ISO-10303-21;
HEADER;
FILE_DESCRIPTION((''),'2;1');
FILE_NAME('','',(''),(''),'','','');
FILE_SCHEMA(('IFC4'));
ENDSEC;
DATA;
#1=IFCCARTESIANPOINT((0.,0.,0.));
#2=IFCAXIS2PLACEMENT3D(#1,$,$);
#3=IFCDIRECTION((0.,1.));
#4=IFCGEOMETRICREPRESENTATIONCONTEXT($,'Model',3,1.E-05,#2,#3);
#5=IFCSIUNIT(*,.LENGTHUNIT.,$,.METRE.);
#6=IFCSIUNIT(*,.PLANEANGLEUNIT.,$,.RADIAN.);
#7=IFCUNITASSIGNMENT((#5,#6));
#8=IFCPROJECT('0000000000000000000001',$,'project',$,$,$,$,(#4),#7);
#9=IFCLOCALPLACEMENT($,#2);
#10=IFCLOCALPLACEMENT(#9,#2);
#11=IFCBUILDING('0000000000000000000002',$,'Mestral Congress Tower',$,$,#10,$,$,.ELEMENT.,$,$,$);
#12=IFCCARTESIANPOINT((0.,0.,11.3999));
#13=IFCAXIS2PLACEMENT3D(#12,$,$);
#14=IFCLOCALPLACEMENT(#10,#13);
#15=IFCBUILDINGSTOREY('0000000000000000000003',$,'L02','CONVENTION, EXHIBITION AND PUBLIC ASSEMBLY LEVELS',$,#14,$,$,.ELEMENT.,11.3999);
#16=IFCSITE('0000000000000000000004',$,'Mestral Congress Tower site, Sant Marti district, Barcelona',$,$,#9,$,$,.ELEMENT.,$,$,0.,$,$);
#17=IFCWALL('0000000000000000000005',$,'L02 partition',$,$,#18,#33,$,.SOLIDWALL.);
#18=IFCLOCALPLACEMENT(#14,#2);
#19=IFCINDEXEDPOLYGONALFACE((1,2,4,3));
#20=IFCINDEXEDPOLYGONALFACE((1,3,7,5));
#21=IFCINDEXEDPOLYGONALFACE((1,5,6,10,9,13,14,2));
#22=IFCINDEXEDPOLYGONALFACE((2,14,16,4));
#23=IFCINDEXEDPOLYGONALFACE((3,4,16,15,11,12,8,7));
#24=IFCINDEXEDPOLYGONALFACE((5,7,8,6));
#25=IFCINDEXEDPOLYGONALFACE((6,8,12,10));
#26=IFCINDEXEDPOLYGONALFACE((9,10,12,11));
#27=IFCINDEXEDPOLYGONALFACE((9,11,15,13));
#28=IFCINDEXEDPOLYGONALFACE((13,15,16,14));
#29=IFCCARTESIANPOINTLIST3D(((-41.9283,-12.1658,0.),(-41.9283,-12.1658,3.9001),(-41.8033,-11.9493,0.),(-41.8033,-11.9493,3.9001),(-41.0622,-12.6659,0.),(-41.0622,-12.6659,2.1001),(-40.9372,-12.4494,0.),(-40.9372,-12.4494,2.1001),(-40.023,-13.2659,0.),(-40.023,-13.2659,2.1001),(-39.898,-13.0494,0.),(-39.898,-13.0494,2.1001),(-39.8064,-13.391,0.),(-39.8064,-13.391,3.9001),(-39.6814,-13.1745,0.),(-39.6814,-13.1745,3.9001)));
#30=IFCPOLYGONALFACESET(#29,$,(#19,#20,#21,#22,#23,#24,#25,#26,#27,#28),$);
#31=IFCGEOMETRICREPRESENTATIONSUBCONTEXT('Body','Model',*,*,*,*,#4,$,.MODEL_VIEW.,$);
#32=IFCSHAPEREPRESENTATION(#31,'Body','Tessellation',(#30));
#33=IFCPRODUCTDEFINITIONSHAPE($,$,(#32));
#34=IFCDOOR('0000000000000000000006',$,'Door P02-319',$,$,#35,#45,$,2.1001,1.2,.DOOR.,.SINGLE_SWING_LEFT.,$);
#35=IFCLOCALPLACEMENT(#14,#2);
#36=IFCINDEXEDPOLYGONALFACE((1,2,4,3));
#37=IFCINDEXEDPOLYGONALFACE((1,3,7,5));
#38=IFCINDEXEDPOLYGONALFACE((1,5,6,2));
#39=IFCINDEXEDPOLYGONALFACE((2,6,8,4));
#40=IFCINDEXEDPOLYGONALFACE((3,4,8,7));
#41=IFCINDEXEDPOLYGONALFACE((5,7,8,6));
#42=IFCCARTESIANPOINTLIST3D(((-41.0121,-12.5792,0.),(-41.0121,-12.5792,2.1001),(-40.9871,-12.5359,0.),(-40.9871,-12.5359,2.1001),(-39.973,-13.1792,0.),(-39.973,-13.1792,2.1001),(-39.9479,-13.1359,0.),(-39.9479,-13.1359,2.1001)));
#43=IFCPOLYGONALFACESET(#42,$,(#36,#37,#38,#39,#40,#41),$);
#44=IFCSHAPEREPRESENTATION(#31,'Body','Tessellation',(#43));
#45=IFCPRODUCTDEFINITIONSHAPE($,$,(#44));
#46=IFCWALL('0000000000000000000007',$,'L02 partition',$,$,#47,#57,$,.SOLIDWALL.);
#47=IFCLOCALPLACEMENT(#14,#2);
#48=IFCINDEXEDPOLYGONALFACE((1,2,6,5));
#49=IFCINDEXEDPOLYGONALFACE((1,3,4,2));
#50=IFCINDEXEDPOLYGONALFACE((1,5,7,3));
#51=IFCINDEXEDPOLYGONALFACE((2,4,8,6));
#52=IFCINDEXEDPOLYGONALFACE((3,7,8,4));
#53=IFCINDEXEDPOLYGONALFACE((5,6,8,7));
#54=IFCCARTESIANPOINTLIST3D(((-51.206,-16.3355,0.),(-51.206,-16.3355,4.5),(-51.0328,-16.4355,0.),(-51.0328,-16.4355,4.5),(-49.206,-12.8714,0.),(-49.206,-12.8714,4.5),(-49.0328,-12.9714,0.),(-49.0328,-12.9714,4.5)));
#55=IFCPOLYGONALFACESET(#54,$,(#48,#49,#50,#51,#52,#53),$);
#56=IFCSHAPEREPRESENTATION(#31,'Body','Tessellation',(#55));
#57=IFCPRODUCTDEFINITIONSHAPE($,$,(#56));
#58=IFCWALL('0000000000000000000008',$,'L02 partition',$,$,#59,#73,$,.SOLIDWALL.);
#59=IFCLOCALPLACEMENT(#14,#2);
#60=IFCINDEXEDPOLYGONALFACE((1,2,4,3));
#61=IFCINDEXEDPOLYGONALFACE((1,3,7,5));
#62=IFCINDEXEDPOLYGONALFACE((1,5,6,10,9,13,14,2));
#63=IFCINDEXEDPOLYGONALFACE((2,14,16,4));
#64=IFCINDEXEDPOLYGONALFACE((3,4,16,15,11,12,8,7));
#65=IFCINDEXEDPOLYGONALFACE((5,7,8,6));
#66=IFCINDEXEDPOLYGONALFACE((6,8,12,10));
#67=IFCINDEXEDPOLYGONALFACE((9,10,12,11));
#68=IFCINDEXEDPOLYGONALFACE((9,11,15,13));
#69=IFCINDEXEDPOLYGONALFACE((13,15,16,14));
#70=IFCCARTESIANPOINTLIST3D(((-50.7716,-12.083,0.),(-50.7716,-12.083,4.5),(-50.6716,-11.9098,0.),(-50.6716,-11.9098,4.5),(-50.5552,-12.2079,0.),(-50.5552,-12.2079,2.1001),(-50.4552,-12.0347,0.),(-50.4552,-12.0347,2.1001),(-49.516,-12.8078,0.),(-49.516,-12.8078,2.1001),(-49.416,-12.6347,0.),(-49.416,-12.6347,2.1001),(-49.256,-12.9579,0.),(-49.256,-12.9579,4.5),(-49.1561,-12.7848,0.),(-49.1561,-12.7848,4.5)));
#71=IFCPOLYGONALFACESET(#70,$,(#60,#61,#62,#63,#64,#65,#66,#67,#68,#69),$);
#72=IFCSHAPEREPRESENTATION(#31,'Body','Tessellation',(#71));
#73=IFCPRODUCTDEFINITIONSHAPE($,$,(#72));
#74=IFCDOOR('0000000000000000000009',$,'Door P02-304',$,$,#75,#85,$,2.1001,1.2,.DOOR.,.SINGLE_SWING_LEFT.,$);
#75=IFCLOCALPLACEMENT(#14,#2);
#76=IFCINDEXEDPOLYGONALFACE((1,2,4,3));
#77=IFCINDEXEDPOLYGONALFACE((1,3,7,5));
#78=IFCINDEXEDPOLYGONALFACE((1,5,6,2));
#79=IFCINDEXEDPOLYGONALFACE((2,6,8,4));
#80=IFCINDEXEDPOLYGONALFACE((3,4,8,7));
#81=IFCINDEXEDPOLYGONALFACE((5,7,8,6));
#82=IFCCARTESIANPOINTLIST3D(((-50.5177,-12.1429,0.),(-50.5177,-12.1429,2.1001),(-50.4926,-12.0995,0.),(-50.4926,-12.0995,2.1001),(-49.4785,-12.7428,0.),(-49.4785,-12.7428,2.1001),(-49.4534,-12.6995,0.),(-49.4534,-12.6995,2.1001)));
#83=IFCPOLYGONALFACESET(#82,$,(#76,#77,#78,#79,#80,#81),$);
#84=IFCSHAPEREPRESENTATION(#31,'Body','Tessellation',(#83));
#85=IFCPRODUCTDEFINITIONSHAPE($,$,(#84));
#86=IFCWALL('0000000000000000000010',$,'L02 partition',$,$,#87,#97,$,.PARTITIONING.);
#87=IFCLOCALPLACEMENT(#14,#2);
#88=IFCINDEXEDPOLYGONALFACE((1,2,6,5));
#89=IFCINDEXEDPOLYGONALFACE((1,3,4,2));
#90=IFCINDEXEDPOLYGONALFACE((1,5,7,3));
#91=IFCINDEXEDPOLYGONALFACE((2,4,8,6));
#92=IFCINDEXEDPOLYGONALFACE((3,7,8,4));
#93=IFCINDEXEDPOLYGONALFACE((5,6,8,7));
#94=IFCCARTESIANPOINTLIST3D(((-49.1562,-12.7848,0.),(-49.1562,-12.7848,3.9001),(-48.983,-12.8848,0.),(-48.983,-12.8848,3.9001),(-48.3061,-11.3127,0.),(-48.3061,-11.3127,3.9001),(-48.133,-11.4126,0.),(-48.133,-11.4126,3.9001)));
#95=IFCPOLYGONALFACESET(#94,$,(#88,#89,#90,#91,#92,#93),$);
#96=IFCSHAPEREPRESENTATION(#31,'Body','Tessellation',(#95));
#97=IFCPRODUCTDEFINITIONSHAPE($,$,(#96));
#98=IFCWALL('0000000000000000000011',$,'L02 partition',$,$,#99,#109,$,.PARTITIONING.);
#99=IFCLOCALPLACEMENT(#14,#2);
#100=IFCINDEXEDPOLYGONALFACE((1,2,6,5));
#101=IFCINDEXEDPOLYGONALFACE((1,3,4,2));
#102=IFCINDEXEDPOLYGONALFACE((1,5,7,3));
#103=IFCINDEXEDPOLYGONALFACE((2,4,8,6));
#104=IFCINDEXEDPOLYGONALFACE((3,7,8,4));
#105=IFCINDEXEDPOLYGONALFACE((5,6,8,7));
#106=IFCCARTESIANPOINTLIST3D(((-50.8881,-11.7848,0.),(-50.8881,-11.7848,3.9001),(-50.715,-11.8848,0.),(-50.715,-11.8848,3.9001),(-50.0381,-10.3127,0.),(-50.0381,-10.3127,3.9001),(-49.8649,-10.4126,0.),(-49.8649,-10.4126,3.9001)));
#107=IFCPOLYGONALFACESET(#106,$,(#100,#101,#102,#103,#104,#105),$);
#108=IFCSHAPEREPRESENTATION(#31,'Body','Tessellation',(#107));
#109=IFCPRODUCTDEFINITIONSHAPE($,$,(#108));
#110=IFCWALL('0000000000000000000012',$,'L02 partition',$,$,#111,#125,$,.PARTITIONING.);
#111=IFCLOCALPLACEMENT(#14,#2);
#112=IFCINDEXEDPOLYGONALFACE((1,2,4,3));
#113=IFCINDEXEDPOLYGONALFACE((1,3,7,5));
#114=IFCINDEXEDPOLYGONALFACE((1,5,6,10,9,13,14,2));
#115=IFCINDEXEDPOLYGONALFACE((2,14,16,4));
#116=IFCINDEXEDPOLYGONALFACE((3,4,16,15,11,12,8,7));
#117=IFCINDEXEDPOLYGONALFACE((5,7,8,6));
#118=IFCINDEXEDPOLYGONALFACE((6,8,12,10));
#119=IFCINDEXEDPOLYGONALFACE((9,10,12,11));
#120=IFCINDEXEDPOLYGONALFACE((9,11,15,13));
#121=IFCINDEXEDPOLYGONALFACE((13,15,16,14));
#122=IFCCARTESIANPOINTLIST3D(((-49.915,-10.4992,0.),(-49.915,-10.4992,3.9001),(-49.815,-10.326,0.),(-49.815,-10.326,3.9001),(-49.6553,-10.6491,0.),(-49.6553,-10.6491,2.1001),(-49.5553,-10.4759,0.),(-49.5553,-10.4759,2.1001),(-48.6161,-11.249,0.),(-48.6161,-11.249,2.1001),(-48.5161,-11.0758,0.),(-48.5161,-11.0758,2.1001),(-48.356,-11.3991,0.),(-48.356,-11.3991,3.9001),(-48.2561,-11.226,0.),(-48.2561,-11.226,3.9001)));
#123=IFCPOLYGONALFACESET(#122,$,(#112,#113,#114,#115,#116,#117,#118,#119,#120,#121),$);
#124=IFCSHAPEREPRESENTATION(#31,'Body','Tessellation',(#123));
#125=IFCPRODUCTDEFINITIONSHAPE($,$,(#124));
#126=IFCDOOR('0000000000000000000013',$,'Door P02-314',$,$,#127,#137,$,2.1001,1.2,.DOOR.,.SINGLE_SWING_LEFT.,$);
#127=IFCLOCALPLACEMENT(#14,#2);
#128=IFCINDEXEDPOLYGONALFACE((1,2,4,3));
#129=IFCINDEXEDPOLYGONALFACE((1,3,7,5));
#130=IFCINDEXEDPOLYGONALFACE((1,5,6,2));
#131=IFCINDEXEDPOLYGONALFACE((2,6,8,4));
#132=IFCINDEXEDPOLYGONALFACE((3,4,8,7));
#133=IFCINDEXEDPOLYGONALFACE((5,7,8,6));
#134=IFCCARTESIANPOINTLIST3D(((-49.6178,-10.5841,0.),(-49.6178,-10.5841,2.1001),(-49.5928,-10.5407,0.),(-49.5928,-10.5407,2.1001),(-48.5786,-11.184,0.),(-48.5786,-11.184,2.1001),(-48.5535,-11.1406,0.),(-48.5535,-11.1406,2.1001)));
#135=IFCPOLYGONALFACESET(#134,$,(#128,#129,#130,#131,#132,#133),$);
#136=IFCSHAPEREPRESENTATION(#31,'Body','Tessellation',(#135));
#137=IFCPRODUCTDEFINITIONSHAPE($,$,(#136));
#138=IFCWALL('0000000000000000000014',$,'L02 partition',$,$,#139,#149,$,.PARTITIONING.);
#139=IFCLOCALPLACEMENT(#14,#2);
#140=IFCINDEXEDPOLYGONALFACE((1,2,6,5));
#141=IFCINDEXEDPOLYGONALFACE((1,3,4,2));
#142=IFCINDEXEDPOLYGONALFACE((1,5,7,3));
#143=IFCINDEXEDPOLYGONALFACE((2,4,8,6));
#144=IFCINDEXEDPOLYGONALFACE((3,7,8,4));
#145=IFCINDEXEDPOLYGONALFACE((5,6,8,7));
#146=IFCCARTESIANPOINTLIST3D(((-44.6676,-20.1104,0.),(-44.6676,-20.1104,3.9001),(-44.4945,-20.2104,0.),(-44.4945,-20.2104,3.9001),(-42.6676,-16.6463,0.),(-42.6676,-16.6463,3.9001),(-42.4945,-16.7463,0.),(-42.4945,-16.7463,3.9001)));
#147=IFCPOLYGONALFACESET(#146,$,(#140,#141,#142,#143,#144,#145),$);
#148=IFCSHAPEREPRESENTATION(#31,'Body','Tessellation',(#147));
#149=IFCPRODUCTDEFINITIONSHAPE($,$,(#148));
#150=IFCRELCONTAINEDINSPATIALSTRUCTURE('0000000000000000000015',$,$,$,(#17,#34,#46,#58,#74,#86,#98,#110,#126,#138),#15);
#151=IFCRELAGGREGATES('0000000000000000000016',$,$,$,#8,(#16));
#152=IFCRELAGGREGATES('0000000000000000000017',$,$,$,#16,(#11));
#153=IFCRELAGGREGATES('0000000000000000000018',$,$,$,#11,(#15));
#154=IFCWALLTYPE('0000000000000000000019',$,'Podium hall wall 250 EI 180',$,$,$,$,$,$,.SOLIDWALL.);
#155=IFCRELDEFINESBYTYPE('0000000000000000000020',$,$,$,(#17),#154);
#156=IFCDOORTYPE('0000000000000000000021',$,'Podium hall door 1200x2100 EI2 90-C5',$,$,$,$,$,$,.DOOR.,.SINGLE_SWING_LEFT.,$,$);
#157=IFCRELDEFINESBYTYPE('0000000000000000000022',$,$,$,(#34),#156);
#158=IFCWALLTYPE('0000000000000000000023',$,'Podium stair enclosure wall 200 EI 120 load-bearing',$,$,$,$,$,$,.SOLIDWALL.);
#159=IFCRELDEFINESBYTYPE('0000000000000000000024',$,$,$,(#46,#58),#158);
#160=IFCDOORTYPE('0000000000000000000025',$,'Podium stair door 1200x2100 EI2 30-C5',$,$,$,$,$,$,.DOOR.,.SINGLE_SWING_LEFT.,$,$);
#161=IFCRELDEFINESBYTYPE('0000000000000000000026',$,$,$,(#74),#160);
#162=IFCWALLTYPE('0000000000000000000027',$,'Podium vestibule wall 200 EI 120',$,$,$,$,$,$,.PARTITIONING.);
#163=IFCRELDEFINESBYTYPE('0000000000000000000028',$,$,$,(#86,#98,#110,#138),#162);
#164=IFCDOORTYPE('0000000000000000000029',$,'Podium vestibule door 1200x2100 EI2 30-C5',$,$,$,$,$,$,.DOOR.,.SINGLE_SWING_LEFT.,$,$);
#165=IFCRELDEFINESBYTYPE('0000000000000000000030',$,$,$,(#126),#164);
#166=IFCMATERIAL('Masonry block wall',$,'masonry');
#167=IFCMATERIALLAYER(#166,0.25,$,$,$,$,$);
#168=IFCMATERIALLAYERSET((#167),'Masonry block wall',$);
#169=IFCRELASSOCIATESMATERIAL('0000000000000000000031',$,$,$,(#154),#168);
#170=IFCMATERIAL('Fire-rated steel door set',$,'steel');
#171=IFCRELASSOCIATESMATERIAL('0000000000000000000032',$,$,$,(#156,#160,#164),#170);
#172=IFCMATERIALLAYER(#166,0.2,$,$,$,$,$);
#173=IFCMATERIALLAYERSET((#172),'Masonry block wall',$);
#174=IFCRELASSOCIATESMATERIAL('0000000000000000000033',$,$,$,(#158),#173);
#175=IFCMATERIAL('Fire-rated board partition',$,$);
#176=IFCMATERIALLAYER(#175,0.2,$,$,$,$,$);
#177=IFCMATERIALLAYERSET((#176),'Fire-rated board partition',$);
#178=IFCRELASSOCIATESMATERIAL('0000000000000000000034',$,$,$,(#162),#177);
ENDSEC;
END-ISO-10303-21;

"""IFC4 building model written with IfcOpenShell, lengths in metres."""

from ifc_helpers import new_model, si_unit, direction, frame, frame_2d, origin, place, context, subcontext, project, spatial, rectangle, extrude, material, layer, layer_set, type_object, element, fill, save


model = new_model("IFC4")

# Units and contexts
model_context = context("Model", 3, precision=1e-05, world=origin(), true_north=direction((0.0, 1.0)))
body_context = subcontext(model_context, "Body", "Model", "MODEL_VIEW")
ifc_project = project(units=[si_unit("LENGTHUNIT", "METRE"), si_unit("PLANEANGLEUNIT", "RADIAN")], contexts=[model_context])

# Site, building, storey
site_placement = place(None, origin())
site = spatial("IfcSite", under=ifc_project, at=site_placement, Name="Mestral Congress Tower site, Sant Marti district, Barcelona", CompositionType="ELEMENT", RefElevation=0.0)
building_placement = place(site_placement, origin())
building = spatial("IfcBuilding", under=site, at=building_placement, Name="Mestral Congress Tower", CompositionType="ELEMENT")
storey_placement = place(building_placement, frame((0.0, 0.0, 11.3999)))
storey = spatial("IfcBuildingStorey", under=building, at=storey_placement, Name="L02", Description="CONVENTION, EXHIBITION AND PUBLIC ASSEMBLY LEVELS", CompositionType="ELEMENT", Elevation=11.3999)

# Shared definitions
ifc_material_1 = material(Name="Masonry block wall", Category="masonry")
ifc_layer_1 = layer(ifc_material_1, 0.25)
ifc_layer_set_1 = layer_set([ifc_layer_1], Name="Masonry block wall")
wall_type_1 = type_object("IfcWallType", Name="Podium hall wall 250 EI 180", PredefinedType="SOLIDWALL", material=ifc_layer_set_1)

# Wall, opening, door
wall_1_placement = place(storey_placement, frame((-39.7439, -13.2827, 0.0), z_axis=(0.0, 0.0, 1.0), x_axis=(-0.866015, 0.500019, 0.0)))
wall_1 = element("IfcWall", 1, at=wall_1_placement, inside=storey, type_object=wall_type_1, Name="L02 partition", PredefinedType="SOLIDWALL", context=body_context, shape_type="SweptSolid", body=[
    extrude(rectangle(XDim=2.4502, YDim=0.25, at=frame_2d((1.2251, 0.0))), origin(), (0.0, 0.0, 1.0), 3.9001),
])
opening_1_placement = place(wall_1_placement, frame((0.25, 0.0, 0.0)))
opening_1 = element("IfcOpeningElement", 2, at=opening_1_placement, cuts=wall_1, PredefinedType="OPENING", context=body_context, shape_type="SweptSolid", body=[
    extrude(rectangle(XDim=1.2, YDim=2.1001, at=frame_2d((0.6001, 1.05))), frame((0.0, 0.135, 0.0), z_axis=(0.0, -1.0, 0.0), x_axis=(1.0, 0.0, 0.0)), (0.0, 0.0, 1.0), 0.27),
])
ifc_material_2 = material(Name="Fire-rated steel door set", Category="steel")
door_type_1 = type_object("IfcDoorType", Name="Podium hall door 1200x2100 EI2 90-C5", OperationType="SINGLE_SWING_LEFT", PredefinedType="DOOR", material=ifc_material_2)
door_1_placement = place(opening_1_placement, origin())
door_1 = element("IfcDoor", 3, at=door_1_placement, inside=storey, type_object=door_type_1, Name="Door P02-319", OperationType="SINGLE_SWING_LEFT", OverallHeight=2.1001, OverallWidth=1.2, PredefinedType="DOOR", context=body_context, shape_type="SweptSolid", body=[
    extrude(rectangle(XDim=1.2, YDim=2.1001, at=frame_2d((0.6001, 1.05))), frame((0.0, 0.0249, 0.0), z_axis=(0.0, -1.0, 0.0), x_axis=(1.0, 0.0, 0.0)), (0.0, 0.0, 1.0), 0.05),
])
fill(opening_1, door_1)

# Wall
ifc_layer_2 = layer(ifc_material_1, 0.2)
ifc_layer_set_2 = layer_set([ifc_layer_2], Name="Masonry block wall")
wall_type_2 = type_object("IfcWallType", Name="Podium stair enclosure wall 200 EI 120 load-bearing", PredefinedType="SOLIDWALL", material=ifc_layer_set_2)
wall_2_placement = place(storey_placement, frame((-49.1194, -12.9214, 0.0), z_axis=(0.0, 0.0, 1.0), x_axis=(-0.499999, -0.866026, 0.0)))
element("IfcWall", 4, at=wall_2_placement, inside=storey, type_object=wall_type_2, Name="L02 partition", PredefinedType="SOLIDWALL", context=body_context, shape_type="SweptSolid", body=[
    extrude(rectangle(XDim=4.0, YDim=0.2, at=frame_2d((2.0, 0.0))), origin(), (0.0, 0.0, 1.0), 4.5),
])

# Wall, opening, door
wall_3_placement = place(storey_placement, frame((-49.2061, -12.8713, 0.0), z_axis=(0.0, 0.0, 1.0), x_axis=(-0.866037, 0.49998, 0.0)))
wall_3 = element("IfcWall", 5, at=wall_3_placement, inside=storey, type_object=wall_type_2, Name="L02 partition", PredefinedType="SOLIDWALL", context=body_context, shape_type="SweptSolid", body=[
    extrude(rectangle(XDim=1.75, YDim=0.2, at=frame_2d((0.875, 0.0))), origin(), (0.0, 0.0, 1.0), 4.5),
])
opening_2_placement = place(wall_3_placement, frame((0.3, 0.0, 0.0)))
opening_2 = element("IfcOpeningElement", 6, at=opening_2_placement, cuts=wall_3, PredefinedType="OPENING", context=body_context, shape_type="SweptSolid", body=[
    extrude(rectangle(XDim=1.2, YDim=2.1001, at=frame_2d((0.6001, 1.05))), frame((0.0, 0.1099, 0.0), z_axis=(0.0, -1.0, 0.0), x_axis=(1.0, 0.0, 0.0)), (0.0, 0.0, 1.0), 0.22),
])
door_type_2 = type_object("IfcDoorType", Name="Podium stair door 1200x2100 EI2 30-C5", OperationType="SINGLE_SWING_LEFT", PredefinedType="DOOR", material=ifc_material_2)
door_2_placement = place(opening_2_placement, origin())
door_2 = element("IfcDoor", 7, at=door_2_placement, inside=storey, type_object=door_type_2, Name="Door P02-304", OperationType="SINGLE_SWING_LEFT", OverallHeight=2.1001, OverallWidth=1.2, PredefinedType="DOOR", context=body_context, shape_type="SweptSolid", body=[
    extrude(rectangle(XDim=1.2, YDim=2.1001, at=frame_2d((0.6001, 1.05))), frame((0.0, 0.0249, 0.0), z_axis=(0.0, -1.0, 0.0), x_axis=(1.0, 0.0, 0.0)), (0.0, 0.0, 1.0), 0.05),
])
fill(opening_2, door_2)

# Walls
ifc_material_3 = material(Name="Fire-rated board partition")
ifc_layer_3 = layer(ifc_material_3, 0.2)
ifc_layer_set_3 = layer_set([ifc_layer_3], Name="Fire-rated board partition")
wall_type_3 = type_object("IfcWallType", Name="Podium vestibule wall 200 EI 120", PredefinedType="PARTITIONING", material=ifc_layer_set_3)
for number, where, z_axis, x_axis, name in (
    (8, (-48.2195, -11.3625, 0.0), (0.0, 0.0, 1.0), (-0.500062, -0.865989, 0.0), "L02 partition"),
    (9, (-49.9514, -10.3625, 0.0), (0.0, 0.0, 1.0), (-0.500062, -0.865989, 0.0), "L02 partition"),
):
    element("IfcWall", number, at=place(storey_placement, frame(where, z_axis=z_axis, x_axis=x_axis)), inside=storey, type_object=wall_type_3, Name=name, PredefinedType="PARTITIONING", context=body_context, shape_type="SweptSolid", body=[
        extrude(rectangle(XDim=1.7, YDim=0.2, at=frame_2d((0.8501, 0.0))), origin(), (0.0, 0.0, 1.0), 3.9001),
    ])

# Wall, opening, door
wall_4_placement = place(storey_placement, frame((-48.3062, -11.3125, 0.0), z_axis=(0.0, 0.0, 1.0), x_axis=(-0.866048, 0.499961, 0.0)))
wall_4 = element("IfcWall", 10, at=wall_4_placement, inside=storey, type_object=wall_type_3, Name="L02 partition", PredefinedType="PARTITIONING", context=body_context, shape_type="SweptSolid", body=[
    extrude(rectangle(XDim=1.8, YDim=0.2, at=frame_2d((0.8999, 0.0))), origin(), (0.0, 0.0, 1.0), 3.9001),
])
opening_3_placement = place(wall_4_placement, frame((0.3, 0.0, 0.0)))
opening_3 = element("IfcOpeningElement", 11, at=opening_3_placement, cuts=wall_4, PredefinedType="OPENING", context=body_context, shape_type="SweptSolid", body=[
    extrude(rectangle(XDim=1.2, YDim=2.1001, at=frame_2d((0.6001, 1.05))), frame((0.0, 0.1099, 0.0), z_axis=(0.0, -1.0, 0.0), x_axis=(1.0, 0.0, 0.0)), (0.0, 0.0, 1.0), 0.22),
])
door_type_3 = type_object("IfcDoorType", Name="Podium vestibule door 1200x2100 EI2 30-C5", OperationType="SINGLE_SWING_LEFT", PredefinedType="DOOR", material=ifc_material_2)
door_3_placement = place(opening_3_placement, origin())
door_3 = element("IfcDoor", 12, at=door_3_placement, inside=storey, type_object=door_type_3, Name="Door P02-314", OperationType="SINGLE_SWING_LEFT", OverallHeight=2.1001, OverallWidth=1.2, PredefinedType="DOOR", context=body_context, shape_type="SweptSolid", body=[
    extrude(rectangle(XDim=1.2, YDim=2.1001, at=frame_2d((0.6001, 1.05))), frame((0.0, 0.0249, 0.0), z_axis=(0.0, -1.0, 0.0), x_axis=(1.0, 0.0, 0.0)), (0.0, 0.0, 1.0), 0.05),
])
fill(opening_3, door_3)

# Wall
wall_5_placement = place(storey_placement, frame((-42.5811, -16.6963, 0.0), z_axis=(0.0, 0.0, 1.0), x_axis=(-0.499999, -0.866026, 0.0)))
element("IfcWall", 13, at=wall_5_placement, inside=storey, type_object=wall_type_3, Name="L02 partition", PredefinedType="PARTITIONING", context=body_context, shape_type="SweptSolid", body=[
    extrude(rectangle(XDim=4.0, YDim=0.2, at=frame_2d((2.0, 0.0))), origin(), (0.0, 0.0, 1.0), 3.9001),
])

save(model, "model.ifc")
